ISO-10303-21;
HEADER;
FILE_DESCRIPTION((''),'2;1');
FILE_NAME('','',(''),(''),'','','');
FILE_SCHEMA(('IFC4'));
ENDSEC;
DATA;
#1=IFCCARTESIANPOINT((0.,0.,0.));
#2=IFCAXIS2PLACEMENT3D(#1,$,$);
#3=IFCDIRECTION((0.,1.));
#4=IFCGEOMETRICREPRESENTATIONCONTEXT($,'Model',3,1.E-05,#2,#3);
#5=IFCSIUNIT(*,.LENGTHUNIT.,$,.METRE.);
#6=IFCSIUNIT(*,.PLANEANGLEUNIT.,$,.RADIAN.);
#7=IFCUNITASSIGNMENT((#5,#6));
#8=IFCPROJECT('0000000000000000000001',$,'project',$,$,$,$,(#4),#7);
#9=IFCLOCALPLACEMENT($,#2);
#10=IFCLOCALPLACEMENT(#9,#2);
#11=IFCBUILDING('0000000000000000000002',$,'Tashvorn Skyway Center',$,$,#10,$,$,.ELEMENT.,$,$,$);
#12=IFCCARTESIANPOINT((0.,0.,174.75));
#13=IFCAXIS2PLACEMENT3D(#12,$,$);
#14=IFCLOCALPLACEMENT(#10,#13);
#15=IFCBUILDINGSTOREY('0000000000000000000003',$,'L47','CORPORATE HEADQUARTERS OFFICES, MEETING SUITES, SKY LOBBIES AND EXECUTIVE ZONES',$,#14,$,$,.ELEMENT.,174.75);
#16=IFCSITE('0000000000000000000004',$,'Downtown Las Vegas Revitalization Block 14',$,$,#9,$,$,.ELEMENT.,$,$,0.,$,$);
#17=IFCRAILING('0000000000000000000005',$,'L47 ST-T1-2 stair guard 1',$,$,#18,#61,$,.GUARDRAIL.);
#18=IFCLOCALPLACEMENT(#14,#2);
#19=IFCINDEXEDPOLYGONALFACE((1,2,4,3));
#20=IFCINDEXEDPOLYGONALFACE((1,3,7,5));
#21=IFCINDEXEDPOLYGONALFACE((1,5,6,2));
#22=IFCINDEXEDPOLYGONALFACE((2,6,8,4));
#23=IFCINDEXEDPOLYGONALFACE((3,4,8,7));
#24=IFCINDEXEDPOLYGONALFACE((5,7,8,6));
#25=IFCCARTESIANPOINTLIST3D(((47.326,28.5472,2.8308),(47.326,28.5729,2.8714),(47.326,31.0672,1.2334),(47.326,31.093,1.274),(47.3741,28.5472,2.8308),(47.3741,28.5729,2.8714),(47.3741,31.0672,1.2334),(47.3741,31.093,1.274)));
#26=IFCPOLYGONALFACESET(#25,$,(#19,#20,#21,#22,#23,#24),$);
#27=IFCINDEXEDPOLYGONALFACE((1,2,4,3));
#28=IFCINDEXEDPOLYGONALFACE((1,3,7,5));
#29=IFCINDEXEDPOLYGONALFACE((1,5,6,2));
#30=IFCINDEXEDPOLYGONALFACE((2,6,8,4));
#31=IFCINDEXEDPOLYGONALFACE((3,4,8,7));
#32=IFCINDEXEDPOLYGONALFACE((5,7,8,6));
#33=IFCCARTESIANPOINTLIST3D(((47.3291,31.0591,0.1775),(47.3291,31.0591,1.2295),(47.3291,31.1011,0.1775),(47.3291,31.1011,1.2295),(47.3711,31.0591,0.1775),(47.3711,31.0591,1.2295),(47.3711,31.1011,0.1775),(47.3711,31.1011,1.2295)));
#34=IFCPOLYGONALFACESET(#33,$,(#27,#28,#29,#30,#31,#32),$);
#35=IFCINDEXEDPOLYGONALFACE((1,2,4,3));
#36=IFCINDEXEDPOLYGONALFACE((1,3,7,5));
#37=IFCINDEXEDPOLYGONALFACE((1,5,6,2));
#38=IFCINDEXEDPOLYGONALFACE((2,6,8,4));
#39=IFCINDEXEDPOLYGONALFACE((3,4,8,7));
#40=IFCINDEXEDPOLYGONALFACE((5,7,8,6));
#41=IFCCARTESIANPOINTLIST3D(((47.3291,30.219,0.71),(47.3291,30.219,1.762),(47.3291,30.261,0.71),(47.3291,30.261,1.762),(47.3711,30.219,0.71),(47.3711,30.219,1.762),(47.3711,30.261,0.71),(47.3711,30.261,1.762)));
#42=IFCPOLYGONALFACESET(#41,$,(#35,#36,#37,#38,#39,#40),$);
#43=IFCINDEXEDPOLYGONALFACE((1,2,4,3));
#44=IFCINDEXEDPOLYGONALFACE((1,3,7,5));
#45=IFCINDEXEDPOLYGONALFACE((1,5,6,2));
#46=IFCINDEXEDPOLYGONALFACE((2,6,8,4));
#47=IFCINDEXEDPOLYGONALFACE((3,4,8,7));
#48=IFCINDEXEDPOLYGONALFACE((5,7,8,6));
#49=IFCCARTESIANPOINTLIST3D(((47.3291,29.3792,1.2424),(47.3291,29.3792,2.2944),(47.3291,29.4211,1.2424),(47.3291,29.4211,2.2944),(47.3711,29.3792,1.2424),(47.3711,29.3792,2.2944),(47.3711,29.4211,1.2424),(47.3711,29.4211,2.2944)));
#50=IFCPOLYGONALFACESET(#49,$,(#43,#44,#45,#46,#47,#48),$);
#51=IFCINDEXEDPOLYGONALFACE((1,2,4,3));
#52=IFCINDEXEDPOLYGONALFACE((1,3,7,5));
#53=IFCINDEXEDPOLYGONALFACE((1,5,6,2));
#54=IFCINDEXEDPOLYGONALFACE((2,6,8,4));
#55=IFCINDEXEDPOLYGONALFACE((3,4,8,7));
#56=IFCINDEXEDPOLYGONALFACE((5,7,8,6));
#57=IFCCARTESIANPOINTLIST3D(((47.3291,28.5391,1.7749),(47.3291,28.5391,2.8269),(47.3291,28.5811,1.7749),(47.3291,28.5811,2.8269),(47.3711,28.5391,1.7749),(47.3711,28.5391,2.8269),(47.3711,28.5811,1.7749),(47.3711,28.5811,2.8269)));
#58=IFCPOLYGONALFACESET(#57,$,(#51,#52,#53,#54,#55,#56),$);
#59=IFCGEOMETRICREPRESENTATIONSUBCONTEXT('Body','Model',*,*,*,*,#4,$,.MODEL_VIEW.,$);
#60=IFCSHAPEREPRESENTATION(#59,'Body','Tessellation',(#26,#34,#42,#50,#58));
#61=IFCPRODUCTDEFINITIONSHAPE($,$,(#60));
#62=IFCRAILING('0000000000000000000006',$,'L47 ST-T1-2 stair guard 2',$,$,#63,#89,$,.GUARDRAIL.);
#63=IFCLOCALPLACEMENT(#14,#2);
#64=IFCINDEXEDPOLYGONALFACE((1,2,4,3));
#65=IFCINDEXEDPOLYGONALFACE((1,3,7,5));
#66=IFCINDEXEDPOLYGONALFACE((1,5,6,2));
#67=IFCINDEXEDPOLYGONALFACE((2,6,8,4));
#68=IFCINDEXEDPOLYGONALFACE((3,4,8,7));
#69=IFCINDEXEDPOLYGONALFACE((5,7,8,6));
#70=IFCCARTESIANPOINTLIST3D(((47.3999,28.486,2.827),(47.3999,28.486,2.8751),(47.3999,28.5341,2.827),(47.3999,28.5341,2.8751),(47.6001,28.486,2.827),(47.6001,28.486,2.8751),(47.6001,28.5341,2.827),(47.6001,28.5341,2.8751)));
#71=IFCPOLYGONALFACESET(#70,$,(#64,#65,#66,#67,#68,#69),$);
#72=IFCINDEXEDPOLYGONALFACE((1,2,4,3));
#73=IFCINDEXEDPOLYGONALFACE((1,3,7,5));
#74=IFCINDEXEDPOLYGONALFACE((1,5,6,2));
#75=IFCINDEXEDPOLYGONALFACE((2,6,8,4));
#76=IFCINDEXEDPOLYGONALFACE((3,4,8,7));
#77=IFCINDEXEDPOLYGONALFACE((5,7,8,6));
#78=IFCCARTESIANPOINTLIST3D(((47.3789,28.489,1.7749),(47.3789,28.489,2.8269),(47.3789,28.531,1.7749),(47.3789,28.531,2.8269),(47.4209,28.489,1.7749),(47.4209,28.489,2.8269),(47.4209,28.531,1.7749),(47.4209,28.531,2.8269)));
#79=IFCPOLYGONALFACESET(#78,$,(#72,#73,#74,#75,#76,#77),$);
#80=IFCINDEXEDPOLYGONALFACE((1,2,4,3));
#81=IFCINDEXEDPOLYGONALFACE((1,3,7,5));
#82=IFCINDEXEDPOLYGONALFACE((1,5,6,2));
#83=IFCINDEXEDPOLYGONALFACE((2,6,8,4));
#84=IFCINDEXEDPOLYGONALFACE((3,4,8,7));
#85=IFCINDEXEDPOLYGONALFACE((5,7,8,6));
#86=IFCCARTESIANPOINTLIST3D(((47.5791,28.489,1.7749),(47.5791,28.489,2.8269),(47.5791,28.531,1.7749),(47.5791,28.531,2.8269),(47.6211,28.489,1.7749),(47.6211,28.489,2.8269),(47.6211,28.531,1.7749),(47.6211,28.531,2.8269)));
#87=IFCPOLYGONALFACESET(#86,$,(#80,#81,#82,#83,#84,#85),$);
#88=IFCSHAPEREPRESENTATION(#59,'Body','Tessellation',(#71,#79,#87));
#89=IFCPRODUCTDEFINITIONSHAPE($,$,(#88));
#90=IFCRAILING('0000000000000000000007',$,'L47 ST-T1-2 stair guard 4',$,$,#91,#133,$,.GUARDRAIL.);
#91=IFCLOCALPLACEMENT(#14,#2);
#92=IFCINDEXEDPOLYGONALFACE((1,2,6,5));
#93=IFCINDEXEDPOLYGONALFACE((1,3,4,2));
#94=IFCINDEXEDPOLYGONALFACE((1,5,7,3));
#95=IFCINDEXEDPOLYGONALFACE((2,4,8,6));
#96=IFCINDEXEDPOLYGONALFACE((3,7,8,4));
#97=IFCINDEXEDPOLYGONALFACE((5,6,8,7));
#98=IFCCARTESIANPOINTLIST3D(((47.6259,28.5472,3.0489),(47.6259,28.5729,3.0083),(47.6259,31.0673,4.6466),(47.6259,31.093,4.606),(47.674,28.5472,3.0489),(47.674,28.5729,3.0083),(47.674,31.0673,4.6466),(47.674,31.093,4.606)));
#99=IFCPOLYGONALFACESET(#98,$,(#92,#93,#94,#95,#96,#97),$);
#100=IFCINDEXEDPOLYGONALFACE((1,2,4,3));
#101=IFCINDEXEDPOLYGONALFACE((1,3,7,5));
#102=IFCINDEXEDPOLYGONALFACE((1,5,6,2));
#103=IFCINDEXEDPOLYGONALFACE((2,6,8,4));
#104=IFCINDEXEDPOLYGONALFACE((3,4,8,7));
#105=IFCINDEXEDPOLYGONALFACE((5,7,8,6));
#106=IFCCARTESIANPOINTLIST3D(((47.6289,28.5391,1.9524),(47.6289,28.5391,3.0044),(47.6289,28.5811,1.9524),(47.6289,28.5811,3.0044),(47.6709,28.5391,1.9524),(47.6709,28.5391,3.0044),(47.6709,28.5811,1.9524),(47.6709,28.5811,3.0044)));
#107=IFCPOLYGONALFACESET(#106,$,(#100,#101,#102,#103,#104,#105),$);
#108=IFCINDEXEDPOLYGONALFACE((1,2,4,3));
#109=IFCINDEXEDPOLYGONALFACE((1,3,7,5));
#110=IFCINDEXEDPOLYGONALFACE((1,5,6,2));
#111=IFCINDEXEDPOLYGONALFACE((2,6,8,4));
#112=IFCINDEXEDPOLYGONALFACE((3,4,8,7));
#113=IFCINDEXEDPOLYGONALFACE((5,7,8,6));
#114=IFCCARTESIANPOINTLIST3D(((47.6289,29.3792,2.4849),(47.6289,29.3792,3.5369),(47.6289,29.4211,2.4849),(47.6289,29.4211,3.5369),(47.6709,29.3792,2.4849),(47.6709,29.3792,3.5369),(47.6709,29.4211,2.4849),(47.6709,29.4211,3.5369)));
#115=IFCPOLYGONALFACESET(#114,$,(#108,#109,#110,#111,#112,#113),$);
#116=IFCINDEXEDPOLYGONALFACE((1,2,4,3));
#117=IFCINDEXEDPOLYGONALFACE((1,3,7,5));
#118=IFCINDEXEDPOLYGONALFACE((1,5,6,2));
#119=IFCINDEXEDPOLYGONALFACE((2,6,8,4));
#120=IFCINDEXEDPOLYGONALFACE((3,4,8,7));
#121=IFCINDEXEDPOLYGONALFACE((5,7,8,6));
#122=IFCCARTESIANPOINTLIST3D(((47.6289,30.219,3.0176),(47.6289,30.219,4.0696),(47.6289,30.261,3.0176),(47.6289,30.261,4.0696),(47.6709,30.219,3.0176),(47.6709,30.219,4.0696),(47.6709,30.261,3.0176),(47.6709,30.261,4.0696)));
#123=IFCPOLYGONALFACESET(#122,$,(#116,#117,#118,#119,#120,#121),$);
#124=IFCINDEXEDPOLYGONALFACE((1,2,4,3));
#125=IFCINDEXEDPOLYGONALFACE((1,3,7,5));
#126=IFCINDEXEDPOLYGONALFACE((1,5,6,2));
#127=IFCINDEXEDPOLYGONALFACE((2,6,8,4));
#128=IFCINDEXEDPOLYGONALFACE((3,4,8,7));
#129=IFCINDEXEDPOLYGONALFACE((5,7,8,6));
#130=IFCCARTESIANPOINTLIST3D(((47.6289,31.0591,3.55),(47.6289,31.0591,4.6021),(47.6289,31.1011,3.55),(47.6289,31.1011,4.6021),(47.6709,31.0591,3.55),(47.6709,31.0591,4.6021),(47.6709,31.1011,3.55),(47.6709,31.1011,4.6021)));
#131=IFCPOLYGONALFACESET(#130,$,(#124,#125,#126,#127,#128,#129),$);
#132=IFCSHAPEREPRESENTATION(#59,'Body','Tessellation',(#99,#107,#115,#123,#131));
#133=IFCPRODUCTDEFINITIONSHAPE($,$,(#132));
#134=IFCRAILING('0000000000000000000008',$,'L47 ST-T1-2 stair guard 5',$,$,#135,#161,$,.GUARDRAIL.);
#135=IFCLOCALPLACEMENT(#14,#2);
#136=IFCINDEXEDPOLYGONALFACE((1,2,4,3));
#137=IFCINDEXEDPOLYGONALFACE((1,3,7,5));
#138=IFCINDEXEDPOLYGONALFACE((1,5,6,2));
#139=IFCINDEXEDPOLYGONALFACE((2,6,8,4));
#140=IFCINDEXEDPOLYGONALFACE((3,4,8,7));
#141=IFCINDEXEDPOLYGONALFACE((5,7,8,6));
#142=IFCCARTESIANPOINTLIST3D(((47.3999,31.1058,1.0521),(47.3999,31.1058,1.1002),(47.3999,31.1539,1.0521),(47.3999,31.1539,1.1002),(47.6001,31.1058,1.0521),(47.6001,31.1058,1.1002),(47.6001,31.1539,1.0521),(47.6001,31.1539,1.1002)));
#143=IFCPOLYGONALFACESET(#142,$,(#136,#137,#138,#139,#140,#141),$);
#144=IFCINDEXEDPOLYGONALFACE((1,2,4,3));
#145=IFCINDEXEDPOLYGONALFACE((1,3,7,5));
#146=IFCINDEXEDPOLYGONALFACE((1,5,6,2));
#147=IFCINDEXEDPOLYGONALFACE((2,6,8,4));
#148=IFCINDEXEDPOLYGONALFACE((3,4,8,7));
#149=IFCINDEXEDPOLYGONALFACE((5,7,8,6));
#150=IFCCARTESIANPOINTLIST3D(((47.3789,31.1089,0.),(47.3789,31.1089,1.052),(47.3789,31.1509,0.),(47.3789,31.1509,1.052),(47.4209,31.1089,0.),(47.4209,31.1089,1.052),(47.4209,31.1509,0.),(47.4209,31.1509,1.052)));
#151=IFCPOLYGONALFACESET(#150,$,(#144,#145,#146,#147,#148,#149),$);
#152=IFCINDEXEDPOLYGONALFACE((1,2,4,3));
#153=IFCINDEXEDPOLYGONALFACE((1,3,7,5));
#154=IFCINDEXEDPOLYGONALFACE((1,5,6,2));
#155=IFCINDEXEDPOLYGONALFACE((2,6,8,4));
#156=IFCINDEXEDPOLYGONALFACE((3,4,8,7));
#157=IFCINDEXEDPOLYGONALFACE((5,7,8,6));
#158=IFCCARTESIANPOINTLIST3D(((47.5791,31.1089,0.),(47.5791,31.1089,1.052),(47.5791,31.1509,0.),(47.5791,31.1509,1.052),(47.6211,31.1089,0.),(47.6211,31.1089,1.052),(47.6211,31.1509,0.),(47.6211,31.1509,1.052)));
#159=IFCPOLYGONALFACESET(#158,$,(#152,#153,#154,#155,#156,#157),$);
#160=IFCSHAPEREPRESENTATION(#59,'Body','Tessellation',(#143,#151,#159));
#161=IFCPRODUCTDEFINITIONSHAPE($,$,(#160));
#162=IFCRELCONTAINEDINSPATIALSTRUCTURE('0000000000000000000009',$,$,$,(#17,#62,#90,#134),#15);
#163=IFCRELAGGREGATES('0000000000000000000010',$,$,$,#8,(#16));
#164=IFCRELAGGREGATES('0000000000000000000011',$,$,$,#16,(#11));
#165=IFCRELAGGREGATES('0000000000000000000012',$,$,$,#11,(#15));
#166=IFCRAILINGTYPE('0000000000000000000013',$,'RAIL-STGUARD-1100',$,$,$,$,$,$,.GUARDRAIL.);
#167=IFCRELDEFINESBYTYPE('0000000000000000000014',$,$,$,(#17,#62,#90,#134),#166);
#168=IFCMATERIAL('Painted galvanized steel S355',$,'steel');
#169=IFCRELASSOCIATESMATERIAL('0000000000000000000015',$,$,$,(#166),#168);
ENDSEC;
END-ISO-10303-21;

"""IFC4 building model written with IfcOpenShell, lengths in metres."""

from ifc_helpers import new_model, si_unit, direction, frame, origin, origin_2d, place, context, subcontext, project, spatial, rectangle, extrude, material, type_object, element, save


model = new_model("IFC4")

# Units and contexts
model_context = context("Model", 3, precision=1e-05, world=origin(), true_north=direction((0.0, 1.0)))
body_context = subcontext(model_context, "Body", "Model", "MODEL_VIEW")
ifc_project = project(units=[si_unit("LENGTHUNIT", "METRE"), si_unit("PLANEANGLEUNIT", "RADIAN")], contexts=[model_context])

# Site, building, storey
site_placement = place(None, origin())
site = spatial("IfcSite", under=ifc_project, at=site_placement, Name="Downtown Las Vegas Revitalization Block 14", CompositionType="ELEMENT", RefElevation=0.0)
building_placement = place(site_placement, origin())
building = spatial("IfcBuilding", under=site, at=building_placement, Name="Tashvorn Skyway Center", CompositionType="ELEMENT")
storey_placement = place(building_placement, frame((0.0, 0.0, 174.75)))
storey = spatial("IfcBuildingStorey", under=building, at=storey_placement, Name="L47", Description="CORPORATE HEADQUARTERS OFFICES, MEETING SUITES, SKY LOBBIES AND EXECUTIVE ZONES", CompositionType="ELEMENT", Elevation=174.75)

# Railings
ifc_material_1 = material(Name="Painted galvanized steel S355", Category="steel")
railing_type_1 = type_object("IfcRailingType", Name="RAIL-STGUARD-1100", PredefinedType="GUARDRAIL", material=ifc_material_1)
railing_1_placement = place(storey_placement, frame((47.3501, 31.0801, 0.1775)))
element("IfcRailing", 1, at=railing_1_placement, inside=storey, type_object=railing_type_1, Name="L47 ST-T1-2 stair guard 1", PredefinedType="GUARDRAIL", context=body_context, shape_type="SweptSolid", body=[
    extrude(rectangle(XDim=0.0481, YDim=0.0481, at=origin_2d()), frame((0.0, 0.0, 1.0762), z_axis=(0.0, -0.844607, 0.535387), x_axis=(1.0, 0.0, 0.0)), (0.0, 0.0, 1.0), 2.9836),
    extrude(rectangle(XDim=0.042, YDim=0.042, at=origin_2d()), origin(), (0.0, 0.0, 1.0), 1.052),
    extrude(rectangle(XDim=0.042, YDim=0.042, at=origin_2d()), frame((0.0, -0.8401, 0.5325)), (0.0, 0.0, 1.0), 1.052),
    extrude(rectangle(XDim=0.042, YDim=0.042, at=origin_2d()), frame((0.0, -1.6799, 1.0649)), (0.0, 0.0, 1.0), 1.052),
    extrude(rectangle(XDim=0.042, YDim=0.042, at=origin_2d()), frame((0.0, -2.52, 1.5974)), (0.0, 0.0, 1.0), 1.052),
])
railing_2_placement = place(storey_placement, frame((47.3999, 28.51, 1.7749)))
element("IfcRailing", 2, at=railing_2_placement, inside=storey, type_object=railing_type_1, Name="L47 ST-T1-2 stair guard 2", PredefinedType="GUARDRAIL", context=body_context, shape_type="SweptSolid", body=[
    extrude(rectangle(XDim=0.0481, YDim=0.0481, at=origin_2d()), frame((0.0, 0.0, 1.0762), z_axis=(1.0, 0.0, 0.0), x_axis=(0.0, 1.0, 0.0)), (0.0, 0.0, 1.0), 0.2002),
    extrude(rectangle(XDim=0.042, YDim=0.042, at=origin_2d()), origin(), (0.0, 0.0, 1.0), 1.052),
    extrude(rectangle(XDim=0.042, YDim=0.042, at=origin_2d()), frame((0.2002, 0.0, 0.0)), (0.0, 0.0, 1.0), 1.052),
])
railing_3_placement = place(storey_placement, frame((47.6499, 28.5601, 1.9524)))
element("IfcRailing", 3, at=railing_3_placement, inside=storey, type_object=railing_type_1, Name="L47 ST-T1-2 stair guard 4", PredefinedType="GUARDRAIL", context=body_context, shape_type="SweptSolid", body=[
    extrude(rectangle(XDim=0.0481, YDim=0.0481, at=origin_2d()), frame((0.0, 0.0, 1.0762), z_axis=(0.0, 0.84457, 0.535445), x_axis=(-1.0, 0.0, 0.0)), (0.0, 0.0, 1.0), 2.9839),
    extrude(rectangle(XDim=0.042, YDim=0.042, at=origin_2d()), origin(), (0.0, 0.0, 1.0), 1.052),
    extrude(rectangle(XDim=0.042, YDim=0.042, at=origin_2d()), frame((0.0, 0.8401, 0.5325)), (0.0, 0.0, 1.0), 1.052),
    extrude(rectangle(XDim=0.042, YDim=0.042, at=origin_2d()), frame((0.0, 1.6799, 1.0652)), (0.0, 0.0, 1.0), 1.052),
    extrude(rectangle(XDim=0.042, YDim=0.042, at=origin_2d()), frame((0.0, 2.52, 1.5977)), (0.0, 0.0, 1.0), 1.052),
])
railing_4_placement = place(storey_placement, frame((47.3999, 31.1299, 0.0)))
element("IfcRailing", 4, at=railing_4_placement, inside=storey, type_object=railing_type_1, Name="L47 ST-T1-2 stair guard 5", PredefinedType="GUARDRAIL", context=body_context, shape_type="SweptSolid", body=[
    extrude(rectangle(XDim=0.0481, YDim=0.0481, at=origin_2d()), frame((0.0, 0.0, 1.0762), z_axis=(1.0, 0.0, 0.0), x_axis=(0.0, 1.0, 0.0)), (0.0, 0.0, 1.0), 0.2002),
    extrude(rectangle(XDim=0.042, YDim=0.042, at=origin_2d()), origin(), (0.0, 0.0, 1.0), 1.052),
    extrude(rectangle(XDim=0.042, YDim=0.042, at=origin_2d()), frame((0.2002, 0.0, 0.0)), (0.0, 0.0, 1.0), 1.052),
])

save(model, "model.ifc")
